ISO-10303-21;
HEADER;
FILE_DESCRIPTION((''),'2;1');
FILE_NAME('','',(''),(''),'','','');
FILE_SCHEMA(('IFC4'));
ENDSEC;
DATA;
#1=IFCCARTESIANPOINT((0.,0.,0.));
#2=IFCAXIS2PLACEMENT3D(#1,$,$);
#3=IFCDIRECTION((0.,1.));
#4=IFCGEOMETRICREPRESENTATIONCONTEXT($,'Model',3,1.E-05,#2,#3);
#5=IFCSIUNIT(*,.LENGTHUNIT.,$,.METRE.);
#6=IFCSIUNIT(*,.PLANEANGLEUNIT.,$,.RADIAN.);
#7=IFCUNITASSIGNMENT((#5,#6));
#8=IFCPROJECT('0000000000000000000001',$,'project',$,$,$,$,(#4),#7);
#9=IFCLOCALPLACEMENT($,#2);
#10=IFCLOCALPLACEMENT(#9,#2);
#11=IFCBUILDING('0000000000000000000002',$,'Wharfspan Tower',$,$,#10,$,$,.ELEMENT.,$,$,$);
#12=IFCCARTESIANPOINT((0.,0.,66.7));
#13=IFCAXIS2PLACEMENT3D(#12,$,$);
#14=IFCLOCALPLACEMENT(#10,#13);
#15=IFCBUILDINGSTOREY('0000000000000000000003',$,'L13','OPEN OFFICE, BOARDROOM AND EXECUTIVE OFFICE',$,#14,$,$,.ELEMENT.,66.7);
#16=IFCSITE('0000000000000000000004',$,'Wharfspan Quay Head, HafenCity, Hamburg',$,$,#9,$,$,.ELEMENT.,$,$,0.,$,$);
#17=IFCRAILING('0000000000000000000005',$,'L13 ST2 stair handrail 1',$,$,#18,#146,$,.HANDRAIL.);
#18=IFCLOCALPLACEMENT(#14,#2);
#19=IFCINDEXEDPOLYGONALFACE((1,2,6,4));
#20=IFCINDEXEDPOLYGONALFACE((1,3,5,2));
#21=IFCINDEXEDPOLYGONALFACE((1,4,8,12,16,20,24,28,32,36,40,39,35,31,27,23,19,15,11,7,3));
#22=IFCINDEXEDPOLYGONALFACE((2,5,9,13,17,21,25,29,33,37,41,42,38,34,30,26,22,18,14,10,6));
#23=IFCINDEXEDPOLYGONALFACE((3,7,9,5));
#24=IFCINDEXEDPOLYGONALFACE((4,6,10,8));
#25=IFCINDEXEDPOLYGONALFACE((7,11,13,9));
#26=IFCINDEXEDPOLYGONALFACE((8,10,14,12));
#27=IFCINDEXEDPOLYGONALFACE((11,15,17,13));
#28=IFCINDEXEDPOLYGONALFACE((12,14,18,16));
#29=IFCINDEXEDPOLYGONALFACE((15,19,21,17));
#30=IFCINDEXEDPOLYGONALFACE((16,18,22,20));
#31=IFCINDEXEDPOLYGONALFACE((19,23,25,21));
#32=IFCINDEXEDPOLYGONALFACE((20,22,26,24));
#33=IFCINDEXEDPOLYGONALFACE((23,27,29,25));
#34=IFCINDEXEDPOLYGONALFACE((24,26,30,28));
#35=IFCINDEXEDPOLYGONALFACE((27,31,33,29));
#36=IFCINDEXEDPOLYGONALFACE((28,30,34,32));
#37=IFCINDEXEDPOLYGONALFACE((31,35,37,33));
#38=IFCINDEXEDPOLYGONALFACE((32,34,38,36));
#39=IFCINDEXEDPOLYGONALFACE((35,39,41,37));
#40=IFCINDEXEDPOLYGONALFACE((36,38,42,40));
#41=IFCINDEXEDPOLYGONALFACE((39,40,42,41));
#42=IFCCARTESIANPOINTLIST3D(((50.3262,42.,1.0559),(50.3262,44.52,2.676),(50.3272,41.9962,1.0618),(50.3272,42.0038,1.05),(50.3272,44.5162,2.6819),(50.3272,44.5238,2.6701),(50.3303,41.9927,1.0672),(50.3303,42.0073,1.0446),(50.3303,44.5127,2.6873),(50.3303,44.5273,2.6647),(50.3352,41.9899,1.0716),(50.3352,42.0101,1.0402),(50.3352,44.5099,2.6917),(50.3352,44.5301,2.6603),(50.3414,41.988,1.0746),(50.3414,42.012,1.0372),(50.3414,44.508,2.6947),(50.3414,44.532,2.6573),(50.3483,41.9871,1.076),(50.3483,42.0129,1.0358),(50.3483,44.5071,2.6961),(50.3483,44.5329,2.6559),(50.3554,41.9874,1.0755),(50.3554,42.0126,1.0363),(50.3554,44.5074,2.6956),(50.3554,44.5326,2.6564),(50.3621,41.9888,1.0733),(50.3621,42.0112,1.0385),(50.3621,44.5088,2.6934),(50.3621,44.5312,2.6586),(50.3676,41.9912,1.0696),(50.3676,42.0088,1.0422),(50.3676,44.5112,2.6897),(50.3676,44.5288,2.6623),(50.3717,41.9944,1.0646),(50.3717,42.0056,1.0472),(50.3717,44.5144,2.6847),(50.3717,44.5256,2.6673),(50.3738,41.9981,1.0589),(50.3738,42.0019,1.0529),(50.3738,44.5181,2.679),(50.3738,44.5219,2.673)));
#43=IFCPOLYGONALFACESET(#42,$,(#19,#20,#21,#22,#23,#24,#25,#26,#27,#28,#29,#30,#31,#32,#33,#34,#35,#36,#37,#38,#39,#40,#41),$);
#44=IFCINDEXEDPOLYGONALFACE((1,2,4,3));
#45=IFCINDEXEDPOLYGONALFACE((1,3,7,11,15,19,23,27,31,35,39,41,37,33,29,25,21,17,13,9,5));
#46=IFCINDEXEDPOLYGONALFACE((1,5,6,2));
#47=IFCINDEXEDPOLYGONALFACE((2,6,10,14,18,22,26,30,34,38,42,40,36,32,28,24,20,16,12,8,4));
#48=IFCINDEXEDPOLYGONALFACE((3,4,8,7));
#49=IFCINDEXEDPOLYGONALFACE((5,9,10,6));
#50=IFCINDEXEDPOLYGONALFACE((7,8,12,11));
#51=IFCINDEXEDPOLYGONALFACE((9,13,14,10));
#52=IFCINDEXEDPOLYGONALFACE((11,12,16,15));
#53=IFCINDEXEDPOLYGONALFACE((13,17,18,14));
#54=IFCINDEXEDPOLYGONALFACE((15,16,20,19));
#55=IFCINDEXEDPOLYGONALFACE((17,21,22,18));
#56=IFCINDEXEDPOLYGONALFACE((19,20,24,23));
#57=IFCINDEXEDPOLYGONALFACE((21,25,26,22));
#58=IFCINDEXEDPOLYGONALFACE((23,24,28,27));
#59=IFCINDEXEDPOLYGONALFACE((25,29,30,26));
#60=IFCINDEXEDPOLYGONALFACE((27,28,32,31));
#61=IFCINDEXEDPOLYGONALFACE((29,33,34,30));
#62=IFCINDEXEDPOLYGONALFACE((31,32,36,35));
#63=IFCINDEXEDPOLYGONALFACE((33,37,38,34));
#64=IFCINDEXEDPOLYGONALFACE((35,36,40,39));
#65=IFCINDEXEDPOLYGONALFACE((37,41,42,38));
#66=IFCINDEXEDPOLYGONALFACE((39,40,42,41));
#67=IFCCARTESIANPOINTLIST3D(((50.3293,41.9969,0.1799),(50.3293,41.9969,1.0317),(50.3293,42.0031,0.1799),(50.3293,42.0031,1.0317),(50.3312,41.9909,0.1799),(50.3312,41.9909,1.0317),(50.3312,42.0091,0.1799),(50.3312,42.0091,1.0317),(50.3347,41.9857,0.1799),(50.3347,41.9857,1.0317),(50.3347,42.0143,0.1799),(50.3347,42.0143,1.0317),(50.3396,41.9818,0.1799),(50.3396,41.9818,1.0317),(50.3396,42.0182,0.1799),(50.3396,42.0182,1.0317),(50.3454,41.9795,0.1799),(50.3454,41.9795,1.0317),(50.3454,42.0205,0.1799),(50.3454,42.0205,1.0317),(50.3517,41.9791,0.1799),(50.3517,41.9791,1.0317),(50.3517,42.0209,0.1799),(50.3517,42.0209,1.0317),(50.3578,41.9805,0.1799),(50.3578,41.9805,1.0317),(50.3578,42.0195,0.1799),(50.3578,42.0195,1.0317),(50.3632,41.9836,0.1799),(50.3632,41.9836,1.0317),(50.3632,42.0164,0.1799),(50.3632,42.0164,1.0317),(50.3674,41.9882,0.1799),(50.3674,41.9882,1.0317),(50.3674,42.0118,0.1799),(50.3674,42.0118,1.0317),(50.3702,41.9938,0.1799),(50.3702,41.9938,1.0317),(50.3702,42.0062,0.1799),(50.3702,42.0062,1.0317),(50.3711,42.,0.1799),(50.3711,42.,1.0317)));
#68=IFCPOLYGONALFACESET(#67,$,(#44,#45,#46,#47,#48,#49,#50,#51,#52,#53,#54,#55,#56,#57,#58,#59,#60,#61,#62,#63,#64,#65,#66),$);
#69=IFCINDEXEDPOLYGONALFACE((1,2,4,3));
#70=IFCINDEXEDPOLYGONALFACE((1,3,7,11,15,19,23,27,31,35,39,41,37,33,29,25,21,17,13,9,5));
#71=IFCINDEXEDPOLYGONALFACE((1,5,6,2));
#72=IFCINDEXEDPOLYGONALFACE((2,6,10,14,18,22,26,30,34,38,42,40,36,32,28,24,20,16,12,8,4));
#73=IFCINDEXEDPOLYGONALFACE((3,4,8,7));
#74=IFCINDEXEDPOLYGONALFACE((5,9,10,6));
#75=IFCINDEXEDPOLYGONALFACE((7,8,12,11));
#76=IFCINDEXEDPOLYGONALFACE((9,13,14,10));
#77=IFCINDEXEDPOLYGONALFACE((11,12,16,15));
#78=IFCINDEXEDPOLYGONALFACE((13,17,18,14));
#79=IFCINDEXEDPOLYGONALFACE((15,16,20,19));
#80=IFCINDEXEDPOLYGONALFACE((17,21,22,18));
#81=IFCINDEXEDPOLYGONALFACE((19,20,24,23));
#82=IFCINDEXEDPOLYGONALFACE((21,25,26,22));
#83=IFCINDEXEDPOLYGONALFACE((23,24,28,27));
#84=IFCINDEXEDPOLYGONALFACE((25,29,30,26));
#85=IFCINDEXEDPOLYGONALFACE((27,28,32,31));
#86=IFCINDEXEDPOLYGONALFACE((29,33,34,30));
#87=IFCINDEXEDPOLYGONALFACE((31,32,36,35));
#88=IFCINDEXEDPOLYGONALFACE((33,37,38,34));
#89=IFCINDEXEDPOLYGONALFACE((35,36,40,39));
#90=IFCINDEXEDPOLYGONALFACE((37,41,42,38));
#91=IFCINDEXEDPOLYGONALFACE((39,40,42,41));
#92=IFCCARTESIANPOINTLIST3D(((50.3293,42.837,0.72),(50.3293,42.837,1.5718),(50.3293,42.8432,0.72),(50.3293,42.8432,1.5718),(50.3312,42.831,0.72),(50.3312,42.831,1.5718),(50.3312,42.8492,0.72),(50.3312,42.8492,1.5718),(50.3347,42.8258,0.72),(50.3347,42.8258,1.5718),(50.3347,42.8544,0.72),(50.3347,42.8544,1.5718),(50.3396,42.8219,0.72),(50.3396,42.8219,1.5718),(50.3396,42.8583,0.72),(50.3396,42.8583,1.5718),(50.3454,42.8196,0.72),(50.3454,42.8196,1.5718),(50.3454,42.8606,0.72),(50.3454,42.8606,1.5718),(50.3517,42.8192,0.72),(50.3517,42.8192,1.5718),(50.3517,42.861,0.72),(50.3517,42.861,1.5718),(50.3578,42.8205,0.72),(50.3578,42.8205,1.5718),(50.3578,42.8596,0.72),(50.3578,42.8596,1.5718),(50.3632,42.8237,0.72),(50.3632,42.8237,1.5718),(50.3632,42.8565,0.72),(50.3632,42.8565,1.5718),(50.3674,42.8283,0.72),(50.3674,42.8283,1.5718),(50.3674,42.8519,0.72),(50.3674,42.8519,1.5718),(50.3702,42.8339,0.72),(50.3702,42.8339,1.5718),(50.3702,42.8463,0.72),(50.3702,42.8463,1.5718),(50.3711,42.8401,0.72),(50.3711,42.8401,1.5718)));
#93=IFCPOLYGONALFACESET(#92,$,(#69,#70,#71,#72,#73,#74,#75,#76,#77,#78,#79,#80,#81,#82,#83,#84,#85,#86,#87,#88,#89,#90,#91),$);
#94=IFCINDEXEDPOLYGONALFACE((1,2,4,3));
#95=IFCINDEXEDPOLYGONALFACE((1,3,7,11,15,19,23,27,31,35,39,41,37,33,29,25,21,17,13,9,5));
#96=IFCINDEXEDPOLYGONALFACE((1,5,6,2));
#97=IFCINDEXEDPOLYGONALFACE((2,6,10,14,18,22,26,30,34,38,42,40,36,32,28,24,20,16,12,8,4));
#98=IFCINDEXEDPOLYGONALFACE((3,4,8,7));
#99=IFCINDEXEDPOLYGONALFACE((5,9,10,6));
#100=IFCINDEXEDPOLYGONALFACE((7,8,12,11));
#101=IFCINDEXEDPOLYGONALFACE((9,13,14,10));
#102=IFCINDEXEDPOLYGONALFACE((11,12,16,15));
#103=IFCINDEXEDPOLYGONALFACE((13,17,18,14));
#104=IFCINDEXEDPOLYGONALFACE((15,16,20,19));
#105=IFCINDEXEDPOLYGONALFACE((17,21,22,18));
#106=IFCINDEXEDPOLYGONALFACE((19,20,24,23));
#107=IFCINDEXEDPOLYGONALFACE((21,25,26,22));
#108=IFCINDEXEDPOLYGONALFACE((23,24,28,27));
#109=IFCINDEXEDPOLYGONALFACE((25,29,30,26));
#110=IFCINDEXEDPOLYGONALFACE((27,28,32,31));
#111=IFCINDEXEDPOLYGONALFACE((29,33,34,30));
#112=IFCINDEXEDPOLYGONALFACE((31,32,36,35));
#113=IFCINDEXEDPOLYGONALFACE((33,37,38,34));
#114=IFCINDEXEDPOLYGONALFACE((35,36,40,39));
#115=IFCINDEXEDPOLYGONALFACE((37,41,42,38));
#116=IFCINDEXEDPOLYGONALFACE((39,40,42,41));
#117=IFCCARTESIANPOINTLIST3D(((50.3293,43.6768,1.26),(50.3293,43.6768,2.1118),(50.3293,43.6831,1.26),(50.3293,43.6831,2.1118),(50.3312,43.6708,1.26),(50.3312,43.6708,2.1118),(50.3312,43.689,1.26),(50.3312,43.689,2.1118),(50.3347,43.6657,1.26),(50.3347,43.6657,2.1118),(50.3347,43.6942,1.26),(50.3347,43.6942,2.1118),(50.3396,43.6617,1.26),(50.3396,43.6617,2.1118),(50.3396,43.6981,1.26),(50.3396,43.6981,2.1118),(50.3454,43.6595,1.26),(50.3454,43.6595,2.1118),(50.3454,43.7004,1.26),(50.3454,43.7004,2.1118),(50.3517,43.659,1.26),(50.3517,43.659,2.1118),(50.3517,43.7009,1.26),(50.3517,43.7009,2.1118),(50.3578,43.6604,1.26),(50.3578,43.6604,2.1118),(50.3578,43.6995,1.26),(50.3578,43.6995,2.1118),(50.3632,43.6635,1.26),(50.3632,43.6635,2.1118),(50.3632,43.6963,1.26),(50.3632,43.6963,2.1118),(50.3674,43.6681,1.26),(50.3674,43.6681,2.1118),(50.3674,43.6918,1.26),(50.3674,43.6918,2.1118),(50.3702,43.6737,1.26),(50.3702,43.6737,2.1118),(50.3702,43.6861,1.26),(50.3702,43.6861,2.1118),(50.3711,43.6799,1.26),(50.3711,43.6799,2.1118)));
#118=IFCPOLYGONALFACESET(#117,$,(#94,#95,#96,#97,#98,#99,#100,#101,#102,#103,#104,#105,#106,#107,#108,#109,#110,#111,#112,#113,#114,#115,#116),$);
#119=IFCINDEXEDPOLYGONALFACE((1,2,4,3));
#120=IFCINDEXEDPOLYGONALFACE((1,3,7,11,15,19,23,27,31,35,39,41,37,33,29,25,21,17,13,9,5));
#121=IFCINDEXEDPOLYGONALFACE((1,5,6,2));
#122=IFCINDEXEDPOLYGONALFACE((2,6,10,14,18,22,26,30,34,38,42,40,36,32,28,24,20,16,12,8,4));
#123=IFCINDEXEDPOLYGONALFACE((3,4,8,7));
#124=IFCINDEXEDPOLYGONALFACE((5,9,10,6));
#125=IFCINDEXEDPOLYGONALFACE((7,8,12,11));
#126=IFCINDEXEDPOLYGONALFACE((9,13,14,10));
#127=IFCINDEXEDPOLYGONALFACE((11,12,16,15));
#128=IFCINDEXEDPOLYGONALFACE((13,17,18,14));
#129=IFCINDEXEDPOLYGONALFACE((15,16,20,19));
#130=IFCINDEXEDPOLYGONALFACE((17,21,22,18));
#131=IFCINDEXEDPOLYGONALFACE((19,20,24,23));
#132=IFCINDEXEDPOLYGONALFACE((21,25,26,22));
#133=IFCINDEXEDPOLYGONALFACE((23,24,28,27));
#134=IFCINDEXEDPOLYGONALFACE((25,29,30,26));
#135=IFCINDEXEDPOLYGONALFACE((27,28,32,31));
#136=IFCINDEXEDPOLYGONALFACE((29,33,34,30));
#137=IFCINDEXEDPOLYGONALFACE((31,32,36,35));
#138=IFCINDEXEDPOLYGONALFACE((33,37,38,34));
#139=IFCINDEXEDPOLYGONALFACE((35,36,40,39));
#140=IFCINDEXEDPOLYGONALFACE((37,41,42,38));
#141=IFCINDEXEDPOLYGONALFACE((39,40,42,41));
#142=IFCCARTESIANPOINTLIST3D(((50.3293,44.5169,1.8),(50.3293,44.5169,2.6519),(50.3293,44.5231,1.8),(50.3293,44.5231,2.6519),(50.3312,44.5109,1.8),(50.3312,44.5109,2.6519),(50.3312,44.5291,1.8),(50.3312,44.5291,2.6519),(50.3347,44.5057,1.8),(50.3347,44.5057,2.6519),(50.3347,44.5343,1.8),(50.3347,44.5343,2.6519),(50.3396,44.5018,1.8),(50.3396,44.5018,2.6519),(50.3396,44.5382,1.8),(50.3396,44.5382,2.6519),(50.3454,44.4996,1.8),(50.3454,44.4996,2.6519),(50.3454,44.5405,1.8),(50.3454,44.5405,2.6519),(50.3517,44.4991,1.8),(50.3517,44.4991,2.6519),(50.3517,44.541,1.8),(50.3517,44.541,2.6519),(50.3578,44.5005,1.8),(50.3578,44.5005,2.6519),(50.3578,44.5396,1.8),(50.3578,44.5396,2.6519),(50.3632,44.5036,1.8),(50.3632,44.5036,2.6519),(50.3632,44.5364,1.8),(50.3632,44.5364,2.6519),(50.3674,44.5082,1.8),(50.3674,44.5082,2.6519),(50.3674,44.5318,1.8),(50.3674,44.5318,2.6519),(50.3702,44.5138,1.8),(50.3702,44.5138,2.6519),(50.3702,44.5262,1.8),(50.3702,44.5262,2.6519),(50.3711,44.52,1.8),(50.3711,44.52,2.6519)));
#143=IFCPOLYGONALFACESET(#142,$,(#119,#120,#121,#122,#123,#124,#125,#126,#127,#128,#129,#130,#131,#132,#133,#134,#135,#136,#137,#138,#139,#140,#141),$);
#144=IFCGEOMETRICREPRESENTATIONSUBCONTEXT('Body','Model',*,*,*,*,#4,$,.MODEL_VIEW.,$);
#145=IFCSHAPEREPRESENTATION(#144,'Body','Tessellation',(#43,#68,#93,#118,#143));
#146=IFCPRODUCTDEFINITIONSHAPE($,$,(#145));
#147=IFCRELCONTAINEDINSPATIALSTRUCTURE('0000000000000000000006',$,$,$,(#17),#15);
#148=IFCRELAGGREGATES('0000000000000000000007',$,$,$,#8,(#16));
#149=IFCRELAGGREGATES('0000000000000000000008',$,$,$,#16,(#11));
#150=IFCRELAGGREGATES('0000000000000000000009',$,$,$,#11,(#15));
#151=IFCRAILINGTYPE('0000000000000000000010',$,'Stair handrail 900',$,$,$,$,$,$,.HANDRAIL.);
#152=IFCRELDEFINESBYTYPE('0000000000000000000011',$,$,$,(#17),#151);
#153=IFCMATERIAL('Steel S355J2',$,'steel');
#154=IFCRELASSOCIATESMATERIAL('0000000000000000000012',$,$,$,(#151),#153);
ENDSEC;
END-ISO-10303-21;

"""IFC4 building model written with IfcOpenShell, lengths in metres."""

from ifc_helpers import new_model, si_unit, direction, frame, origin, origin_2d, place, context, subcontext, project, spatial, circle, extrude, material, type_object, element, save


model = new_model("IFC4")

# Units and contexts
model_context = context("Model", 3, precision=1e-05, world=origin(), true_north=direction((0.0, 1.0)))
body_context = subcontext(model_context, "Body", "Model", "MODEL_VIEW")
ifc_project = project(units=[si_unit("LENGTHUNIT", "METRE"), si_unit("PLANEANGLEUNIT", "RADIAN")], contexts=[model_context])

# Site, building, storey
site_placement = place(None, origin())
site = spatial("IfcSite", under=ifc_project, at=site_placement, Name="Wharfspan Quay Head, HafenCity, Hamburg", CompositionType="ELEMENT", RefElevation=0.0)
building_placement = place(site_placement, origin())
building = spatial("IfcBuilding", under=site, at=building_placement, Name="Wharfspan Tower", CompositionType="ELEMENT")
storey_placement = place(building_placement, frame((0.0, 0.0, 66.7)))
storey = spatial("IfcBuildingStorey", under=building, at=storey_placement, Name="L13", Description="OPEN OFFICE, BOARDROOM AND EXECUTIVE OFFICE", CompositionType="ELEMENT", Elevation=66.7)

# Shared definitions
ifc_material_1 = material(Name="Steel S355J2", Category="steel")

# Railing
railing_type_1 = type_object("IfcRailingType", Name="Stair handrail 900", PredefinedType="HANDRAIL", material=ifc_material_1)
railing_1_placement = place(storey_placement, frame((50.3501, 42.0, 0.1799)))
element("IfcRailing", 1, at=railing_1_placement, inside=storey, type_object=railing_type_1, Name="L13 ST2 stair handrail 1", PredefinedType="HANDRAIL", context=body_context, shape_type="SweptSolid", body=[
    extrude(circle(Radius=0.0239, at=origin_2d()), frame((0.0, 0.0, 0.876), z_axis=(0.0, 0.841163, 0.540782), x_axis=(-1.0, 0.0, 0.0)), (0.0, 0.0, 1.0), 2.9958),
    extrude(circle(Radius=0.021, at=origin_2d()), origin(), (0.0, 0.0, 1.0), 0.8518),
    extrude(circle(Radius=0.021, at=origin_2d()), frame((0.0, 0.8401, 0.54)), (0.0, 0.0, 1.0), 0.8518),
    extrude(circle(Radius=0.021, at=origin_2d()), frame((0.0, 1.6799, 1.0801)), (0.0, 0.0, 1.0), 0.8518),
    extrude(circle(Radius=0.021, at=origin_2d()), frame((0.0, 2.52, 1.6201)), (0.0, 0.0, 1.0), 0.8518),
])

save(model, "model.ifc")
